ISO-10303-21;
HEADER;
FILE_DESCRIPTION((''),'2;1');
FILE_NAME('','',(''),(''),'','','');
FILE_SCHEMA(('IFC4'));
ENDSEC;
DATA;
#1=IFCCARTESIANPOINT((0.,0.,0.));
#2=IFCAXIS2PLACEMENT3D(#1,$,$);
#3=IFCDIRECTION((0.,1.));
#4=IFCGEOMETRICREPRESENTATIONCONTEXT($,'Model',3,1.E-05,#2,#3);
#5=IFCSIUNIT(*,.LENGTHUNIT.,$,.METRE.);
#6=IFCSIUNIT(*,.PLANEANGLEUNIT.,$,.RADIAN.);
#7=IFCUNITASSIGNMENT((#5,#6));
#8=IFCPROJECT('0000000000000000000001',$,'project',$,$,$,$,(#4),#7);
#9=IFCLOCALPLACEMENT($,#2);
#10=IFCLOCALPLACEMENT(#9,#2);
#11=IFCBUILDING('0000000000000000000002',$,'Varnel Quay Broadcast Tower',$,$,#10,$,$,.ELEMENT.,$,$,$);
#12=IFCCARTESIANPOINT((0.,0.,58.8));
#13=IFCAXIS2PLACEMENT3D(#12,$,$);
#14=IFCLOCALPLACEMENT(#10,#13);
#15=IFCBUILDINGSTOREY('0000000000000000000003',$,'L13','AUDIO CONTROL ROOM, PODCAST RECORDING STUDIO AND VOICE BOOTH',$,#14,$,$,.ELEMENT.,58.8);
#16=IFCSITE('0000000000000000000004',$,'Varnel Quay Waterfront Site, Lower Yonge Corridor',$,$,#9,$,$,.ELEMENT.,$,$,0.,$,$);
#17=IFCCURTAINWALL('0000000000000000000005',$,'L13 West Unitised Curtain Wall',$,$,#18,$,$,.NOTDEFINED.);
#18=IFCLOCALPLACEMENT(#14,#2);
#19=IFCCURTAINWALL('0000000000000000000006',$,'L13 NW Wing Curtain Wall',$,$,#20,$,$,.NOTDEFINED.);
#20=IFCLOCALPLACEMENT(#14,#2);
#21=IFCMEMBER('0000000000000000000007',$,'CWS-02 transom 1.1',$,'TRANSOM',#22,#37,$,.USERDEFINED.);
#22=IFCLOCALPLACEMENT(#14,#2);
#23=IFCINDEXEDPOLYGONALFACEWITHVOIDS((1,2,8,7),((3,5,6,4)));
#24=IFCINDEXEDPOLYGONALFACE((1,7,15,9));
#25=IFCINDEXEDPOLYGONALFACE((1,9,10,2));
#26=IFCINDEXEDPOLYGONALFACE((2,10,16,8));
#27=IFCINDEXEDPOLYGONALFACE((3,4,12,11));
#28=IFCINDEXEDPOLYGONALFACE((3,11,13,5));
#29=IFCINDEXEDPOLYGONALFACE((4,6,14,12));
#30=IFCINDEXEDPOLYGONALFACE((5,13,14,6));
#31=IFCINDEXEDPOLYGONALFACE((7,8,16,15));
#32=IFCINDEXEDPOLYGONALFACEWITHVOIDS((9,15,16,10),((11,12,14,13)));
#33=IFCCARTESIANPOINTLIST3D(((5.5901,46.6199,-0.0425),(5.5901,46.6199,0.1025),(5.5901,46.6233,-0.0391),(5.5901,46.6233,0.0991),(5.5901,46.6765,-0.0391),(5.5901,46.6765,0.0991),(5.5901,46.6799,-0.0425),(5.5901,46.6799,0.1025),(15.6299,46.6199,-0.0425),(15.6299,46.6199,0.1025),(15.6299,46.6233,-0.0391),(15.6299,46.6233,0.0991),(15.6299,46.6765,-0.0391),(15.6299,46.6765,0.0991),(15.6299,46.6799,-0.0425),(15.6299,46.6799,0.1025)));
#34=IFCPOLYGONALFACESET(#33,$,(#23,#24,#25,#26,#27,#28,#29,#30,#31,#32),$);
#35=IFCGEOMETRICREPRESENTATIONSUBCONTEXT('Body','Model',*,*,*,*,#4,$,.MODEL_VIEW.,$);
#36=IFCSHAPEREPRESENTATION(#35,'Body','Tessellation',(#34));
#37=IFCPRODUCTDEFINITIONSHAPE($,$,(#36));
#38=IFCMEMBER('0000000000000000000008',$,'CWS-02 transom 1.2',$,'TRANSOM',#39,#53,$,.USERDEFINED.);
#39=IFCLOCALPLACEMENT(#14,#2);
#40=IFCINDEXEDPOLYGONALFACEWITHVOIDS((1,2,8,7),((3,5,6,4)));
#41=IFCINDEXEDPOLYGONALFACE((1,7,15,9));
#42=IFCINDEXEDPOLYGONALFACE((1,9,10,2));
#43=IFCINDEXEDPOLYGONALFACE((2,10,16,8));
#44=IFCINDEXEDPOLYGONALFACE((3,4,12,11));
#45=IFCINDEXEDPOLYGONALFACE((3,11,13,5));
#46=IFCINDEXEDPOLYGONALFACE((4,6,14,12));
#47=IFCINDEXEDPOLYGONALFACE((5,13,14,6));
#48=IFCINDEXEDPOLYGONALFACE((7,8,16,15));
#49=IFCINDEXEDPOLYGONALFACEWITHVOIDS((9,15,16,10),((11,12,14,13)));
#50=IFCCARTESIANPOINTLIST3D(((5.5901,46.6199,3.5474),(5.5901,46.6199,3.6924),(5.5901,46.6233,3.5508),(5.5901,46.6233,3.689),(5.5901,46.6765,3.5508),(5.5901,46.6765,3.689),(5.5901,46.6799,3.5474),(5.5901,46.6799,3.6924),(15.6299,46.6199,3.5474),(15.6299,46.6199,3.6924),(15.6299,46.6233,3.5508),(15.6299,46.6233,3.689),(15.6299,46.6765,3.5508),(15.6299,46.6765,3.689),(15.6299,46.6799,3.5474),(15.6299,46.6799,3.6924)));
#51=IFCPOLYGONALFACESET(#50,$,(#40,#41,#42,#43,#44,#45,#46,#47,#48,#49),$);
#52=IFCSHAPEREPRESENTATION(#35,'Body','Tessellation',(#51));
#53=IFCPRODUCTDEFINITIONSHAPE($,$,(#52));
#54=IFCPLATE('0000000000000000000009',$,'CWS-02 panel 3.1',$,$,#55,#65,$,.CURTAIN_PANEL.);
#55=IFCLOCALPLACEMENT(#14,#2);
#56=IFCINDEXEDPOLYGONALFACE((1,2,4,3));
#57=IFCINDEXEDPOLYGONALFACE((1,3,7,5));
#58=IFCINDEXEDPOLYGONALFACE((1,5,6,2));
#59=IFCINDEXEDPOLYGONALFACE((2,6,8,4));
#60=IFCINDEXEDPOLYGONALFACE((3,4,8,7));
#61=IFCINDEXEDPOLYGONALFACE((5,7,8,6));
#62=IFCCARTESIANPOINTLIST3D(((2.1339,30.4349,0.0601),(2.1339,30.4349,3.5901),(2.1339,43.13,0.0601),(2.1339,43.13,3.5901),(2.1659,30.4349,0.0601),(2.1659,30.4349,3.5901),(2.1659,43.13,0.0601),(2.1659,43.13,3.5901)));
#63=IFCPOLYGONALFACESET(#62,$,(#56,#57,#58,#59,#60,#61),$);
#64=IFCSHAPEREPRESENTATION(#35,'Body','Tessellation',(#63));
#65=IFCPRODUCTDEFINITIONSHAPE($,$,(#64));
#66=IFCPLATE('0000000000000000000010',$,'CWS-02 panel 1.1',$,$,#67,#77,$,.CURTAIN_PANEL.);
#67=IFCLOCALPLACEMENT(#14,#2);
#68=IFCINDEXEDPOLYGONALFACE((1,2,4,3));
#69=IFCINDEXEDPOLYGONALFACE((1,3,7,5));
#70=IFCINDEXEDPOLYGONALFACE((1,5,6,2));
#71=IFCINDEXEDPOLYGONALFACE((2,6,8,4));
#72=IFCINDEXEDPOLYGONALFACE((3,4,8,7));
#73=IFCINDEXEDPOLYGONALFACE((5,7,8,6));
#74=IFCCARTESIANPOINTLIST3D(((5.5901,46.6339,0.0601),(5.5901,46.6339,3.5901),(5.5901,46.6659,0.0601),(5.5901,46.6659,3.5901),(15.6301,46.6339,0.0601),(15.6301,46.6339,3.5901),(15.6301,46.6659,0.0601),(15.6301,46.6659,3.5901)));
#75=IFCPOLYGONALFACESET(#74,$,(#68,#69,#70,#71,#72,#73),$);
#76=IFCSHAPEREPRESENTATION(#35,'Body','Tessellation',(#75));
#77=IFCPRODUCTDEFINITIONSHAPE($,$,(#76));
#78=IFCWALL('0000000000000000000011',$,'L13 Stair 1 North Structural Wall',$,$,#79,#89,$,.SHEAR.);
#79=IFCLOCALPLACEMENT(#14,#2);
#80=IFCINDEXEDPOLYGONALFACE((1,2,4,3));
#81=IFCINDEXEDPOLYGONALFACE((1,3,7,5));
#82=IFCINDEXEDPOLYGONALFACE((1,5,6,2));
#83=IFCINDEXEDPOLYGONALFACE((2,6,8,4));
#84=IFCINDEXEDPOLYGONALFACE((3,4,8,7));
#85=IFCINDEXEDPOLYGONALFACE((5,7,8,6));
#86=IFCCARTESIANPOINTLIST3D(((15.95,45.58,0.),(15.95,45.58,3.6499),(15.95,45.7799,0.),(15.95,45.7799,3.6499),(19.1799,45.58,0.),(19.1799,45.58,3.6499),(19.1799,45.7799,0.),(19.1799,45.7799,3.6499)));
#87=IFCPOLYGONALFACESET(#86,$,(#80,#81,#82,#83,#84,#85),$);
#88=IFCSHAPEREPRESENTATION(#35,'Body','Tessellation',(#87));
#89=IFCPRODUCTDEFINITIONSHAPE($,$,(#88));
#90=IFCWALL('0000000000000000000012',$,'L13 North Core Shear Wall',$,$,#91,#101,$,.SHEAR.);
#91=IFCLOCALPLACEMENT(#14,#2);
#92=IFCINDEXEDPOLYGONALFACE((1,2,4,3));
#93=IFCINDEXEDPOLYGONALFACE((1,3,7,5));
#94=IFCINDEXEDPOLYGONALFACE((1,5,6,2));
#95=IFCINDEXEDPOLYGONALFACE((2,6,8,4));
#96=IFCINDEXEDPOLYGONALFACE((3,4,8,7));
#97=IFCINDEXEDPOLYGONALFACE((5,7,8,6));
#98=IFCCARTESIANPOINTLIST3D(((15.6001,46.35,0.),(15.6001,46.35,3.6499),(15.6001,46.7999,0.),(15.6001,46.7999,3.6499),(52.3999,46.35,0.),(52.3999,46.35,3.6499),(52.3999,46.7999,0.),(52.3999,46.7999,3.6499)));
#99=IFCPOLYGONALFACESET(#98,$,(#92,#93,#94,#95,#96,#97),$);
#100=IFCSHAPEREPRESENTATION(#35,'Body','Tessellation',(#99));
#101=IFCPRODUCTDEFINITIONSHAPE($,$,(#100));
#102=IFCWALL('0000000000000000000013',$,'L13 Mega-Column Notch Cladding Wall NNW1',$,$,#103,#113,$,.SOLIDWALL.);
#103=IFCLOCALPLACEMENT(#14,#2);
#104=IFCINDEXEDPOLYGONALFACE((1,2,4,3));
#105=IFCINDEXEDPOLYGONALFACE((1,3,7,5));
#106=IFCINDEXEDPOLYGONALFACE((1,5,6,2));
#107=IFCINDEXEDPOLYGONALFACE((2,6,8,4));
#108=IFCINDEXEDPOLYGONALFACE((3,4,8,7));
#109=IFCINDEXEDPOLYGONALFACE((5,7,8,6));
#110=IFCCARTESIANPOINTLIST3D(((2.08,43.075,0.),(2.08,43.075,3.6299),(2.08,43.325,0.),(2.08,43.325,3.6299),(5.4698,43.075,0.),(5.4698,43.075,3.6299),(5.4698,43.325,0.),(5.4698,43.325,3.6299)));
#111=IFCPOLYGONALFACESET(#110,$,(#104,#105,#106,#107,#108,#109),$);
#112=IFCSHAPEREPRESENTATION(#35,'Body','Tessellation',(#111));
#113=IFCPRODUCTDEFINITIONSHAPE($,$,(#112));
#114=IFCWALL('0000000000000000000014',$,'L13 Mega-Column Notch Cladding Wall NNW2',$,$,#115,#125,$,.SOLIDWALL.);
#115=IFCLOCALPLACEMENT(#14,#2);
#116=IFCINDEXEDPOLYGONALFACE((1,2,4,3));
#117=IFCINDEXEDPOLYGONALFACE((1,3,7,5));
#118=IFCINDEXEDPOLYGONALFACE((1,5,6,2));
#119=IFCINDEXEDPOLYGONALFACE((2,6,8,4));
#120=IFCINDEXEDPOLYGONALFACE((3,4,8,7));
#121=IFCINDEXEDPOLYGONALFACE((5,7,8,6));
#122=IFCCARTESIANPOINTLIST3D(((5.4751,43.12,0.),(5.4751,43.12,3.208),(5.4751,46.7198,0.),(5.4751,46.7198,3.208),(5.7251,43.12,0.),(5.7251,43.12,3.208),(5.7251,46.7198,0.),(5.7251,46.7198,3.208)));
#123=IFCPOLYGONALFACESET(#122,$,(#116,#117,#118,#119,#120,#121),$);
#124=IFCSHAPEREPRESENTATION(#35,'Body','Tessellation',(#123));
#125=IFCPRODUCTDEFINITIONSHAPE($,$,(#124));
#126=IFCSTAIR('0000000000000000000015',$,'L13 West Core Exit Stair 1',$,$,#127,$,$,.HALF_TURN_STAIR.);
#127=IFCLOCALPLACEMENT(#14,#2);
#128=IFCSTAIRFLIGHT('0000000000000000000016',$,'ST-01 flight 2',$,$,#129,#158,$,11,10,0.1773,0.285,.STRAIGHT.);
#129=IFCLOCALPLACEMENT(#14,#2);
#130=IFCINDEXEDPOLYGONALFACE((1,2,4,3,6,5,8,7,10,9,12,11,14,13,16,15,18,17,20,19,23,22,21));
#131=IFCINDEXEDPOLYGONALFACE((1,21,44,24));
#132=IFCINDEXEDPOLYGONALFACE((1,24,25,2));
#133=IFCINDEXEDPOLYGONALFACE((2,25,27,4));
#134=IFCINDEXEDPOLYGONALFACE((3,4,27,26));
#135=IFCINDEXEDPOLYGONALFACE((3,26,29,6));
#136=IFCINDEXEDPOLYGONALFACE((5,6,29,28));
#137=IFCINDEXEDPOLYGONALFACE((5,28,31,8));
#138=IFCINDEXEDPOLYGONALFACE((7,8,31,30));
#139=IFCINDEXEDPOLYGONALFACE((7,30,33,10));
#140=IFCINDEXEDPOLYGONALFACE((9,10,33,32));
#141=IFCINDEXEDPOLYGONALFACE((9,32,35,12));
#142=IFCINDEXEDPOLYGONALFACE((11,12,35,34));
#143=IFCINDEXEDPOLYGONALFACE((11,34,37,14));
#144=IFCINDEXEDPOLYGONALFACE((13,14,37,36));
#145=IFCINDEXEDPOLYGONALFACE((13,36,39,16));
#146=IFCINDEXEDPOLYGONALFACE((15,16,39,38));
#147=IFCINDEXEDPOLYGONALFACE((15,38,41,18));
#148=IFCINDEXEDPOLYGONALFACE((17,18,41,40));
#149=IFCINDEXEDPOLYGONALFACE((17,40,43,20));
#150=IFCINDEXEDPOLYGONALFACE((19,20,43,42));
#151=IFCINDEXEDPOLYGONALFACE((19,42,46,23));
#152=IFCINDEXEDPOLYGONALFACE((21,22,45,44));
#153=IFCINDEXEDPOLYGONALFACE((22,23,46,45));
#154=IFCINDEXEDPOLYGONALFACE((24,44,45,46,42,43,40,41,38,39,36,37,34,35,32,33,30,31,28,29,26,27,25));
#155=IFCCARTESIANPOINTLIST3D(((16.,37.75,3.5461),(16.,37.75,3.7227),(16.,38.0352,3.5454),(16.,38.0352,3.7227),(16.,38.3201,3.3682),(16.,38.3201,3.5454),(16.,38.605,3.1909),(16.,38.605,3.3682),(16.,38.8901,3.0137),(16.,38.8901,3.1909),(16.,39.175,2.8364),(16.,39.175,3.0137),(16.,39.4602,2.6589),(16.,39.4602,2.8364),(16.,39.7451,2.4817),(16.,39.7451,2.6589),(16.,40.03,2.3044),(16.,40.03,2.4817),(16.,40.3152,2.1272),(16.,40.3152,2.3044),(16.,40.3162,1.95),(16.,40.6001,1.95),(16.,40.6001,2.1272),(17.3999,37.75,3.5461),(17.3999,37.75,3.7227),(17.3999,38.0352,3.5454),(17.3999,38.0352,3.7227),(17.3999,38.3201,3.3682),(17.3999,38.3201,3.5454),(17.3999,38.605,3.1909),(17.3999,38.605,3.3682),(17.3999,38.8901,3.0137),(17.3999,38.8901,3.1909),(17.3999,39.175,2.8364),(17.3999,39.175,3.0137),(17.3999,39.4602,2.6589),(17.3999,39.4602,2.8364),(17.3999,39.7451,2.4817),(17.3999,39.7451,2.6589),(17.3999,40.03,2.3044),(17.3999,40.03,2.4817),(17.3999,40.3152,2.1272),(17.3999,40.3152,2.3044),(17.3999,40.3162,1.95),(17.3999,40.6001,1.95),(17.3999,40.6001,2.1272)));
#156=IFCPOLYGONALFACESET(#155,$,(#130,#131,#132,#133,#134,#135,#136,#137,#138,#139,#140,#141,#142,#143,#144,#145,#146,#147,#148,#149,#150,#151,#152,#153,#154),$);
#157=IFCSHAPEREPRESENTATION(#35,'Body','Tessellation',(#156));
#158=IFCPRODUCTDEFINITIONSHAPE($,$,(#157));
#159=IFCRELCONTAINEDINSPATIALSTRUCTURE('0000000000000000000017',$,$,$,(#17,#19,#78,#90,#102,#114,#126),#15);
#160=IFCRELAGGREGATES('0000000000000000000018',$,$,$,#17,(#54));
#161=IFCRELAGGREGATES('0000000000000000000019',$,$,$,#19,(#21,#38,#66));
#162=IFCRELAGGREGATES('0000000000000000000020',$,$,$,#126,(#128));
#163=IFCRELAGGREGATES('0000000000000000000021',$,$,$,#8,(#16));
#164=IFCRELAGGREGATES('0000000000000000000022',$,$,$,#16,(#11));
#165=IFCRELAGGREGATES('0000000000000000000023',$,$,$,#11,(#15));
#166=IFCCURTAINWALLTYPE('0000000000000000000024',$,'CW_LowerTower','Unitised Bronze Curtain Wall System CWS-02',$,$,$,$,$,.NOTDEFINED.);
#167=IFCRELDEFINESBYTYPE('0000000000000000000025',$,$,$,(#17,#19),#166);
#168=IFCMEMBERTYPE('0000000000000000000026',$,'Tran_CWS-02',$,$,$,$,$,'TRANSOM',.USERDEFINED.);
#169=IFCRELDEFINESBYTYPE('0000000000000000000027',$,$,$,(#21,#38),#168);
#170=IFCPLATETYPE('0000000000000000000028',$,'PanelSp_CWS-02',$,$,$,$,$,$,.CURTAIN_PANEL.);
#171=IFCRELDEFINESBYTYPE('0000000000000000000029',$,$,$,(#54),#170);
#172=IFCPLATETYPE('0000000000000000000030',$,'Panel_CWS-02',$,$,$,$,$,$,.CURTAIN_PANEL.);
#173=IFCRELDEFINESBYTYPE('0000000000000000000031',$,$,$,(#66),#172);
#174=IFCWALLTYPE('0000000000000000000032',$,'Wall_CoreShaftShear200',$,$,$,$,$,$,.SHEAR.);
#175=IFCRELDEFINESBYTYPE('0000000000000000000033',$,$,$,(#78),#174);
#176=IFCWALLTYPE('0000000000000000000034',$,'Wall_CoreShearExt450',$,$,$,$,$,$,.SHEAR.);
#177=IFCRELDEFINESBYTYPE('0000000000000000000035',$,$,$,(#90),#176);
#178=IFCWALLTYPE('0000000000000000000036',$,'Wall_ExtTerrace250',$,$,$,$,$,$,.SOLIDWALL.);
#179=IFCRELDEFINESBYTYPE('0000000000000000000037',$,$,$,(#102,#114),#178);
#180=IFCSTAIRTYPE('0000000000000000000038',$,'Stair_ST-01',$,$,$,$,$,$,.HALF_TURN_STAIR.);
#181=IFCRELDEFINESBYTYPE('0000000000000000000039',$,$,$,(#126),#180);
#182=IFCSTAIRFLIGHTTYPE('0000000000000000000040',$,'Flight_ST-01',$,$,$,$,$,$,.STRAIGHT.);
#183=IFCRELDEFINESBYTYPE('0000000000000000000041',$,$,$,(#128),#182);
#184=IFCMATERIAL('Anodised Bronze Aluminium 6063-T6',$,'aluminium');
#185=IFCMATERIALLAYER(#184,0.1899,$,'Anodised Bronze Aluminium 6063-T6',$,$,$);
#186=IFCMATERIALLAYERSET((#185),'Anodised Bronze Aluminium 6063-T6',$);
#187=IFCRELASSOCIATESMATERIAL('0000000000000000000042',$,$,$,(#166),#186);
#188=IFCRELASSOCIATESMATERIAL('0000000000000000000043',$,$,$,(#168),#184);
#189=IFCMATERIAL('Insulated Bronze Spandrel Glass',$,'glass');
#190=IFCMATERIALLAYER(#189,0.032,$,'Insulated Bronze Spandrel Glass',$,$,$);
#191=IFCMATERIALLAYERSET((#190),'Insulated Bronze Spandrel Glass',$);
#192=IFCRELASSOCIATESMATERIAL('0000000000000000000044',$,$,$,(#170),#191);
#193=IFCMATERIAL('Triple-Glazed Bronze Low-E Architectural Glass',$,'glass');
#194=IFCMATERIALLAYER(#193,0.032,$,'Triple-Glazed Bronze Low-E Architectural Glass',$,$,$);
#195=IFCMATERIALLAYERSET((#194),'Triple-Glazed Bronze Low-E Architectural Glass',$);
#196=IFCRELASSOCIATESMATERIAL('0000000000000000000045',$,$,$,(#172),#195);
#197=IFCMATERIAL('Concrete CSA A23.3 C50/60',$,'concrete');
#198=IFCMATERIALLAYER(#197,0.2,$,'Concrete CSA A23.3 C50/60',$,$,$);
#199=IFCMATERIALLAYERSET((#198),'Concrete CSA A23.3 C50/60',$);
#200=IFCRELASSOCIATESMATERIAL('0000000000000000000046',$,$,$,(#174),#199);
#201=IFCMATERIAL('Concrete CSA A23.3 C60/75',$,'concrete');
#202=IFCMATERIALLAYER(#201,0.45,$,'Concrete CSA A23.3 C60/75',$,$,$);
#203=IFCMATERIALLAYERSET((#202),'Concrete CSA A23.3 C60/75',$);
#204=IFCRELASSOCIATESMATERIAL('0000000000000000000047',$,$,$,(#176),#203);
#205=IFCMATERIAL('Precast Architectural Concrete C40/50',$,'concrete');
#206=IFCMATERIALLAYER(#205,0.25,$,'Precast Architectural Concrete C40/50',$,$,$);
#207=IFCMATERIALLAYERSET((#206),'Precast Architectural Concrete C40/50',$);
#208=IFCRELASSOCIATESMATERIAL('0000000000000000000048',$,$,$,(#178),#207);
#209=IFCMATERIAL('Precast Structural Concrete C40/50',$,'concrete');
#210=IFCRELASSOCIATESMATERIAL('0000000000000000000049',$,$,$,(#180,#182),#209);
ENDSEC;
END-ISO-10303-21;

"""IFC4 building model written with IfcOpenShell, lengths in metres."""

from ifc_helpers import new_model, si_unit, direction, frame, frame_2d, origin, origin_2d, place, context, subcontext, project, spatial, polyline, rectangle, hollow_rectangle, outline, extrude, source, transform, mapped, material, layer, layer_set, material_profile, profile_set, type_object, type_shapes, element, aggregate, save


model = new_model("IFC4")

# Units and contexts
model_context = context("Model", 3, precision=1e-05, world=origin(), true_north=direction((0.0, 1.0)))
body_context = subcontext(model_context, "Body", "Model", "MODEL_VIEW")
ifc_project = project(units=[si_unit("LENGTHUNIT", "METRE"), si_unit("PLANEANGLEUNIT", "RADIAN")], contexts=[model_context])

# Site, building, storey
site_placement = place(None, origin())
site = spatial("IfcSite", under=ifc_project, at=site_placement, Name="Varnel Quay Waterfront Site, Lower Yonge Corridor", CompositionType="ELEMENT", RefElevation=0.0)
building_placement = place(site_placement, origin())
building = spatial("IfcBuilding", under=site, at=building_placement, Name="Varnel Quay Broadcast Tower", CompositionType="ELEMENT")
storey_placement = place(building_placement, frame((0.0, 0.0, 58.8)))
storey = spatial("IfcBuildingStorey", under=building, at=storey_placement, Name="L13", Description="AUDIO CONTROL ROOM, PODCAST RECORDING STUDIO AND VOICE BOOTH", CompositionType="ELEMENT", Elevation=58.8)

# Curtain wall
ifc_material_1 = material(Name="Anodised Bronze Aluminium 6063-T6", Category="aluminium")
ifc_layer_1 = layer(ifc_material_1, 0.1899, Name="Anodised Bronze Aluminium 6063-T6")
ifc_layer_set_1 = layer_set([ifc_layer_1], Name="Anodised Bronze Aluminium 6063-T6")
curtain_wall_type = type_object("IfcCurtainWallType", Name="CW_LowerTower", Description="Unitised Bronze Curtain Wall System CWS-02", PredefinedType="NOTDEFINED", material=ifc_layer_set_1)
curtain_wall_1_placement = place(storey_placement, origin())
curtain_wall_1 = element("IfcCurtainWall", 1, at=curtain_wall_1_placement, inside=storey, type_object=curtain_wall_type, Name="L13 West Unitised Curtain Wall", PredefinedType="NOTDEFINED")

# Curtain wall, members
curtain_wall_2_placement = place(storey_placement, origin())
curtain_wall_2 = element("IfcCurtainWall", 2, at=curtain_wall_2_placement, inside=storey, type_object=curtain_wall_type, Name="L13 NW Wing Curtain Wall", PredefinedType="NOTDEFINED")
ifc_material_profile_1 = material_profile(ifc_material_1, hollow_rectangle(XDim=0.0601, YDim=0.145, WallThickness=0.0034, at=origin_2d()), Name="ALU60X145X3.5")
ifc_profile_set_1 = profile_set([ifc_material_profile_1], Name="Anodised Bronze Aluminium 6063-T6")
member_type_1 = type_object("IfcMemberType", Name="Tran_CWS-02", ElementType="TRANSOM", PredefinedType="USERDEFINED", material=ifc_profile_set_1)
shared_shape_1 = source(origin(), body_context, "Body", "SweptSolid", [
    extrude(hollow_rectangle(XDim=0.0601, YDim=0.145, WallThickness=0.0034, at=origin_2d()), origin(), (0.0, 0.0, 1.0), 10.0398),
])
type_shapes(member_type_1, [shared_shape_1])
member_1_placement = place(storey_placement, frame((5.5901, 46.6499, 0.03), z_axis=(1.0, 0.0, 0.0), x_axis=(0.0, 1.0, 0.0)))
member_1 = element("IfcMember", 3, at=member_1_placement, type_object=member_type_1, Name="CWS-02 transom 1.1", ObjectType="TRANSOM", PredefinedType="USERDEFINED", context=body_context, shape_type="MappedRepresentation", body=[
    mapped(shared_shape_1, transform((0.0, 0.0, 0.0), x_axis=(1.0, 0.0, 0.0), y_axis=(0.0, 1.0, 0.0), z_axis=(0.0, 0.0, 1.0), scale=1.0)),
])
member_2_placement = place(storey_placement, frame((5.5901, 46.6499, 3.6199), z_axis=(1.0, 0.0, 0.0), x_axis=(0.0, 1.0, 0.0)))
member_2 = element("IfcMember", 4, at=member_2_placement, type_object=member_type_1, Name="CWS-02 transom 1.2", ObjectType="TRANSOM", PredefinedType="USERDEFINED", context=body_context, shape_type="MappedRepresentation", body=[
    mapped(shared_shape_1, transform((0.0, 0.0, 0.0), x_axis=(1.0, 0.0, 0.0), y_axis=(0.0, 1.0, 0.0), z_axis=(0.0, 0.0, 1.0), scale=1.0)),
])

# Plates
ifc_material_2 = material(Name="Insulated Bronze Spandrel Glass", Category="glass")
ifc_layer_2 = layer(ifc_material_2, 0.032, Name="Insulated Bronze Spandrel Glass")
ifc_layer_set_2 = layer_set([ifc_layer_2], Name="Insulated Bronze Spandrel Glass")
plate_type_1 = type_object("IfcPlateType", Name="PanelSp_CWS-02", PredefinedType="CURTAIN_PANEL", material=ifc_layer_set_2)
shared_shape_2 = source(origin(), body_context, "Body", "SweptSolid", [
    extrude(rectangle(XDim=12.6951, YDim=0.032, at=origin_2d()), origin(), (0.0, 0.0, 1.0), 3.53),
])
type_shapes(plate_type_1, [shared_shape_2])
plate_1_placement = place(storey_placement, frame((2.1499, 36.7825, 0.0601), z_axis=(0.0, 0.0, 1.0), x_axis=(0.0, 1.0, 0.0)))
plate_1 = element("IfcPlate", 5, at=plate_1_placement, type_object=plate_type_1, Name="CWS-02 panel 3.1", PredefinedType="CURTAIN_PANEL", context=body_context, shape_type="MappedRepresentation", body=[
    mapped(shared_shape_2, transform((0.0, 0.0, 0.0), x_axis=(1.0, 0.0, 0.0), y_axis=(0.0, 1.0, 0.0), z_axis=(0.0, 0.0, 1.0), scale=1.0)),
])
aggregate(curtain_wall_1, [plate_1])
ifc_material_3 = material(Name="Triple-Glazed Bronze Low-E Architectural Glass", Category="glass")
ifc_layer_3 = layer(ifc_material_3, 0.032, Name="Triple-Glazed Bronze Low-E Architectural Glass")
ifc_layer_set_3 = layer_set([ifc_layer_3], Name="Triple-Glazed Bronze Low-E Architectural Glass")
plate_type_2 = type_object("IfcPlateType", Name="Panel_CWS-02", PredefinedType="CURTAIN_PANEL", material=ifc_layer_set_3)
shared_shape_3 = source(origin(), body_context, "Body", "SweptSolid", [
    extrude(rectangle(XDim=10.04, YDim=0.032, at=origin_2d()), origin(), (0.0, 0.0, 1.0), 3.53),
])
type_shapes(plate_type_2, [shared_shape_3])
plate_2_placement = place(storey_placement, frame((10.6101, 46.6499, 0.0601), z_axis=(0.0, 0.0, 1.0), x_axis=(1.0, 0.0, 0.0)))
plate_2 = element("IfcPlate", 6, at=plate_2_placement, type_object=plate_type_2, Name="CWS-02 panel 1.1", PredefinedType="CURTAIN_PANEL", context=body_context, shape_type="MappedRepresentation", body=[
    mapped(shared_shape_3, transform((0.0, 0.0, 0.0), x_axis=(1.0, 0.0, 0.0), y_axis=(0.0, 1.0, 0.0), z_axis=(0.0, 0.0, 1.0), scale=1.0)),
])
aggregate(curtain_wall_2, [member_1, member_2, plate_2])

# Walls
ifc_material_4 = material(Name="Concrete CSA A23.3 C50/60", Category="concrete")
ifc_layer_4 = layer(ifc_material_4, 0.2, Name="Concrete CSA A23.3 C50/60")
ifc_layer_set_4 = layer_set([ifc_layer_4], Name="Concrete CSA A23.3 C50/60")
wall_type_1 = type_object("IfcWallType", Name="Wall_CoreShaftShear200", PredefinedType="SHEAR", material=ifc_layer_set_4)
wall_1_placement = place(storey_placement, frame((15.95, 45.6799, 0.0), z_axis=(0.0, 0.0, 1.0), x_axis=(1.0, 0.0, 0.0)))
element("IfcWall", 7, at=wall_1_placement, inside=storey, type_object=wall_type_1, Name="L13 Stair 1 North Structural Wall", PredefinedType="SHEAR", context=body_context, shape_type="SweptSolid", body=[
    extrude(rectangle(XDim=3.23, YDim=0.2, at=frame_2d((1.615, 0.0))), origin(), (0.0, 0.0, 1.0), 3.6499),
])
ifc_material_5 = material(Name="Concrete CSA A23.3 C60/75", Category="concrete")
ifc_layer_5 = layer(ifc_material_5, 0.45, Name="Concrete CSA A23.3 C60/75")
ifc_layer_set_5 = layer_set([ifc_layer_5], Name="Concrete CSA A23.3 C60/75")
wall_type_2 = type_object("IfcWallType", Name="Wall_CoreShearExt450", PredefinedType="SHEAR", material=ifc_layer_set_5)
wall_2_placement = place(storey_placement, frame((15.6001, 46.575, 0.0), z_axis=(0.0, 0.0, 1.0), x_axis=(1.0, 0.0, 0.0)))
element("IfcWall", 8, at=wall_2_placement, inside=storey, type_object=wall_type_2, Name="L13 North Core Shear Wall", PredefinedType="SHEAR", context=body_context, shape_type="SweptSolid", body=[
    extrude(rectangle(XDim=36.7998, YDim=0.45, at=frame_2d((18.3999, 0.0))), origin(), (0.0, 0.0, 1.0), 3.6499),
])
ifc_material_6 = material(Name="Precast Architectural Concrete C40/50", Category="concrete")
ifc_layer_6 = layer(ifc_material_6, 0.25, Name="Precast Architectural Concrete C40/50")
ifc_layer_set_6 = layer_set([ifc_layer_6], Name="Precast Architectural Concrete C40/50")
wall_type_3 = type_object("IfcWallType", Name="Wall_ExtTerrace250", PredefinedType="SOLIDWALL", material=ifc_layer_set_6)
wall_3_placement = place(storey_placement, frame((2.0801, 43.2, 0.0), z_axis=(0.0, 0.0, 1.0), x_axis=(1.0, 0.0, 0.0)))
element("IfcWall", 9, at=wall_3_placement, inside=storey, type_object=wall_type_3, Name="L13 Mega-Column Notch Cladding Wall NNW1", PredefinedType="SOLIDWALL", context=body_context, shape_type="SweptSolid", body=[
    extrude(rectangle(XDim=3.3899, YDim=0.25, at=frame_2d((1.6948, 0.0))), origin(), (0.0, 0.0, 1.0), 3.6299),
])
wall_4_placement = place(storey_placement, frame((5.6001, 43.1201, 0.0), z_axis=(0.0, 0.0, 1.0), x_axis=(0.0, 1.0, 0.0)))
element("IfcWall", 10, at=wall_4_placement, inside=storey, type_object=wall_type_3, Name="L13 Mega-Column Notch Cladding Wall NNW2", PredefinedType="SOLIDWALL", context=body_context, shape_type="SweptSolid", body=[
    extrude(rectangle(XDim=3.5999, YDim=0.25, at=frame_2d((1.7998, 0.0))), origin(), (0.0, 0.0, 1.0), 3.208),
])

# Stair, stair flight
ifc_material_7 = material(Name="Precast Structural Concrete C40/50", Category="concrete")
stair_type = type_object("IfcStairType", Name="Stair_ST-01", PredefinedType="HALF_TURN_STAIR", material=ifc_material_7)
stair_placement = place(storey_placement, origin())
stair = element("IfcStair", 11, at=stair_placement, inside=storey, type_object=stair_type, Name="L13 West Core Exit Stair 1", PredefinedType="HALF_TURN_STAIR")
stair_flight_type = type_object("IfcStairFlightType", Name="Flight_ST-01", PredefinedType="STRAIGHT", material=ifc_material_7)
stair_flight_placement = place(storey_placement, frame((16.7, 40.6001, 1.95), z_axis=(0.0, 0.0, 1.0), x_axis=(0.0, -1.0, 0.0)))
stair_flight = element("IfcStairFlight", 12, at=stair_flight_placement, type_object=stair_flight_type, Name="ST-01 flight 2", NumberOfRisers=11, NumberOfTreads=10, PredefinedType="STRAIGHT", RiserHeight=0.1773, TreadLength=0.285, context=body_context, shape_type="SweptSolid", body=[
    extrude(outline(polyline([(0.0, 0.0), (0.0, 0.1772), (0.2849, 0.1772), (0.2849, 0.3545), (0.5701, 0.3545), (0.5701, 0.5317), (0.855, 0.5317), (0.855, 0.709), (1.1399, 0.709), (1.1399, 0.8865), (1.425, 0.8865), (1.425, 1.0637), (1.71, 1.0637), (1.71, 1.241), (1.9951, 1.241), (1.9951, 1.4182), (2.28, 1.4182), (2.28, 1.5955), (2.5649, 1.5955), (2.5649, 1.7727), (2.8501, 1.7727), (2.8501, 1.95), (2.8501, 1.5962), (0.2839, 0.0), (0.0, 0.0)])), frame((0.0, 0.7, 0.0), z_axis=(0.0, -1.0, 0.0), x_axis=(1.0, 0.0, 0.0)), (0.0, 0.0, 1.0), 1.3999),
])
aggregate(stair, [stair_flight])

save(model, "model.ifc")
